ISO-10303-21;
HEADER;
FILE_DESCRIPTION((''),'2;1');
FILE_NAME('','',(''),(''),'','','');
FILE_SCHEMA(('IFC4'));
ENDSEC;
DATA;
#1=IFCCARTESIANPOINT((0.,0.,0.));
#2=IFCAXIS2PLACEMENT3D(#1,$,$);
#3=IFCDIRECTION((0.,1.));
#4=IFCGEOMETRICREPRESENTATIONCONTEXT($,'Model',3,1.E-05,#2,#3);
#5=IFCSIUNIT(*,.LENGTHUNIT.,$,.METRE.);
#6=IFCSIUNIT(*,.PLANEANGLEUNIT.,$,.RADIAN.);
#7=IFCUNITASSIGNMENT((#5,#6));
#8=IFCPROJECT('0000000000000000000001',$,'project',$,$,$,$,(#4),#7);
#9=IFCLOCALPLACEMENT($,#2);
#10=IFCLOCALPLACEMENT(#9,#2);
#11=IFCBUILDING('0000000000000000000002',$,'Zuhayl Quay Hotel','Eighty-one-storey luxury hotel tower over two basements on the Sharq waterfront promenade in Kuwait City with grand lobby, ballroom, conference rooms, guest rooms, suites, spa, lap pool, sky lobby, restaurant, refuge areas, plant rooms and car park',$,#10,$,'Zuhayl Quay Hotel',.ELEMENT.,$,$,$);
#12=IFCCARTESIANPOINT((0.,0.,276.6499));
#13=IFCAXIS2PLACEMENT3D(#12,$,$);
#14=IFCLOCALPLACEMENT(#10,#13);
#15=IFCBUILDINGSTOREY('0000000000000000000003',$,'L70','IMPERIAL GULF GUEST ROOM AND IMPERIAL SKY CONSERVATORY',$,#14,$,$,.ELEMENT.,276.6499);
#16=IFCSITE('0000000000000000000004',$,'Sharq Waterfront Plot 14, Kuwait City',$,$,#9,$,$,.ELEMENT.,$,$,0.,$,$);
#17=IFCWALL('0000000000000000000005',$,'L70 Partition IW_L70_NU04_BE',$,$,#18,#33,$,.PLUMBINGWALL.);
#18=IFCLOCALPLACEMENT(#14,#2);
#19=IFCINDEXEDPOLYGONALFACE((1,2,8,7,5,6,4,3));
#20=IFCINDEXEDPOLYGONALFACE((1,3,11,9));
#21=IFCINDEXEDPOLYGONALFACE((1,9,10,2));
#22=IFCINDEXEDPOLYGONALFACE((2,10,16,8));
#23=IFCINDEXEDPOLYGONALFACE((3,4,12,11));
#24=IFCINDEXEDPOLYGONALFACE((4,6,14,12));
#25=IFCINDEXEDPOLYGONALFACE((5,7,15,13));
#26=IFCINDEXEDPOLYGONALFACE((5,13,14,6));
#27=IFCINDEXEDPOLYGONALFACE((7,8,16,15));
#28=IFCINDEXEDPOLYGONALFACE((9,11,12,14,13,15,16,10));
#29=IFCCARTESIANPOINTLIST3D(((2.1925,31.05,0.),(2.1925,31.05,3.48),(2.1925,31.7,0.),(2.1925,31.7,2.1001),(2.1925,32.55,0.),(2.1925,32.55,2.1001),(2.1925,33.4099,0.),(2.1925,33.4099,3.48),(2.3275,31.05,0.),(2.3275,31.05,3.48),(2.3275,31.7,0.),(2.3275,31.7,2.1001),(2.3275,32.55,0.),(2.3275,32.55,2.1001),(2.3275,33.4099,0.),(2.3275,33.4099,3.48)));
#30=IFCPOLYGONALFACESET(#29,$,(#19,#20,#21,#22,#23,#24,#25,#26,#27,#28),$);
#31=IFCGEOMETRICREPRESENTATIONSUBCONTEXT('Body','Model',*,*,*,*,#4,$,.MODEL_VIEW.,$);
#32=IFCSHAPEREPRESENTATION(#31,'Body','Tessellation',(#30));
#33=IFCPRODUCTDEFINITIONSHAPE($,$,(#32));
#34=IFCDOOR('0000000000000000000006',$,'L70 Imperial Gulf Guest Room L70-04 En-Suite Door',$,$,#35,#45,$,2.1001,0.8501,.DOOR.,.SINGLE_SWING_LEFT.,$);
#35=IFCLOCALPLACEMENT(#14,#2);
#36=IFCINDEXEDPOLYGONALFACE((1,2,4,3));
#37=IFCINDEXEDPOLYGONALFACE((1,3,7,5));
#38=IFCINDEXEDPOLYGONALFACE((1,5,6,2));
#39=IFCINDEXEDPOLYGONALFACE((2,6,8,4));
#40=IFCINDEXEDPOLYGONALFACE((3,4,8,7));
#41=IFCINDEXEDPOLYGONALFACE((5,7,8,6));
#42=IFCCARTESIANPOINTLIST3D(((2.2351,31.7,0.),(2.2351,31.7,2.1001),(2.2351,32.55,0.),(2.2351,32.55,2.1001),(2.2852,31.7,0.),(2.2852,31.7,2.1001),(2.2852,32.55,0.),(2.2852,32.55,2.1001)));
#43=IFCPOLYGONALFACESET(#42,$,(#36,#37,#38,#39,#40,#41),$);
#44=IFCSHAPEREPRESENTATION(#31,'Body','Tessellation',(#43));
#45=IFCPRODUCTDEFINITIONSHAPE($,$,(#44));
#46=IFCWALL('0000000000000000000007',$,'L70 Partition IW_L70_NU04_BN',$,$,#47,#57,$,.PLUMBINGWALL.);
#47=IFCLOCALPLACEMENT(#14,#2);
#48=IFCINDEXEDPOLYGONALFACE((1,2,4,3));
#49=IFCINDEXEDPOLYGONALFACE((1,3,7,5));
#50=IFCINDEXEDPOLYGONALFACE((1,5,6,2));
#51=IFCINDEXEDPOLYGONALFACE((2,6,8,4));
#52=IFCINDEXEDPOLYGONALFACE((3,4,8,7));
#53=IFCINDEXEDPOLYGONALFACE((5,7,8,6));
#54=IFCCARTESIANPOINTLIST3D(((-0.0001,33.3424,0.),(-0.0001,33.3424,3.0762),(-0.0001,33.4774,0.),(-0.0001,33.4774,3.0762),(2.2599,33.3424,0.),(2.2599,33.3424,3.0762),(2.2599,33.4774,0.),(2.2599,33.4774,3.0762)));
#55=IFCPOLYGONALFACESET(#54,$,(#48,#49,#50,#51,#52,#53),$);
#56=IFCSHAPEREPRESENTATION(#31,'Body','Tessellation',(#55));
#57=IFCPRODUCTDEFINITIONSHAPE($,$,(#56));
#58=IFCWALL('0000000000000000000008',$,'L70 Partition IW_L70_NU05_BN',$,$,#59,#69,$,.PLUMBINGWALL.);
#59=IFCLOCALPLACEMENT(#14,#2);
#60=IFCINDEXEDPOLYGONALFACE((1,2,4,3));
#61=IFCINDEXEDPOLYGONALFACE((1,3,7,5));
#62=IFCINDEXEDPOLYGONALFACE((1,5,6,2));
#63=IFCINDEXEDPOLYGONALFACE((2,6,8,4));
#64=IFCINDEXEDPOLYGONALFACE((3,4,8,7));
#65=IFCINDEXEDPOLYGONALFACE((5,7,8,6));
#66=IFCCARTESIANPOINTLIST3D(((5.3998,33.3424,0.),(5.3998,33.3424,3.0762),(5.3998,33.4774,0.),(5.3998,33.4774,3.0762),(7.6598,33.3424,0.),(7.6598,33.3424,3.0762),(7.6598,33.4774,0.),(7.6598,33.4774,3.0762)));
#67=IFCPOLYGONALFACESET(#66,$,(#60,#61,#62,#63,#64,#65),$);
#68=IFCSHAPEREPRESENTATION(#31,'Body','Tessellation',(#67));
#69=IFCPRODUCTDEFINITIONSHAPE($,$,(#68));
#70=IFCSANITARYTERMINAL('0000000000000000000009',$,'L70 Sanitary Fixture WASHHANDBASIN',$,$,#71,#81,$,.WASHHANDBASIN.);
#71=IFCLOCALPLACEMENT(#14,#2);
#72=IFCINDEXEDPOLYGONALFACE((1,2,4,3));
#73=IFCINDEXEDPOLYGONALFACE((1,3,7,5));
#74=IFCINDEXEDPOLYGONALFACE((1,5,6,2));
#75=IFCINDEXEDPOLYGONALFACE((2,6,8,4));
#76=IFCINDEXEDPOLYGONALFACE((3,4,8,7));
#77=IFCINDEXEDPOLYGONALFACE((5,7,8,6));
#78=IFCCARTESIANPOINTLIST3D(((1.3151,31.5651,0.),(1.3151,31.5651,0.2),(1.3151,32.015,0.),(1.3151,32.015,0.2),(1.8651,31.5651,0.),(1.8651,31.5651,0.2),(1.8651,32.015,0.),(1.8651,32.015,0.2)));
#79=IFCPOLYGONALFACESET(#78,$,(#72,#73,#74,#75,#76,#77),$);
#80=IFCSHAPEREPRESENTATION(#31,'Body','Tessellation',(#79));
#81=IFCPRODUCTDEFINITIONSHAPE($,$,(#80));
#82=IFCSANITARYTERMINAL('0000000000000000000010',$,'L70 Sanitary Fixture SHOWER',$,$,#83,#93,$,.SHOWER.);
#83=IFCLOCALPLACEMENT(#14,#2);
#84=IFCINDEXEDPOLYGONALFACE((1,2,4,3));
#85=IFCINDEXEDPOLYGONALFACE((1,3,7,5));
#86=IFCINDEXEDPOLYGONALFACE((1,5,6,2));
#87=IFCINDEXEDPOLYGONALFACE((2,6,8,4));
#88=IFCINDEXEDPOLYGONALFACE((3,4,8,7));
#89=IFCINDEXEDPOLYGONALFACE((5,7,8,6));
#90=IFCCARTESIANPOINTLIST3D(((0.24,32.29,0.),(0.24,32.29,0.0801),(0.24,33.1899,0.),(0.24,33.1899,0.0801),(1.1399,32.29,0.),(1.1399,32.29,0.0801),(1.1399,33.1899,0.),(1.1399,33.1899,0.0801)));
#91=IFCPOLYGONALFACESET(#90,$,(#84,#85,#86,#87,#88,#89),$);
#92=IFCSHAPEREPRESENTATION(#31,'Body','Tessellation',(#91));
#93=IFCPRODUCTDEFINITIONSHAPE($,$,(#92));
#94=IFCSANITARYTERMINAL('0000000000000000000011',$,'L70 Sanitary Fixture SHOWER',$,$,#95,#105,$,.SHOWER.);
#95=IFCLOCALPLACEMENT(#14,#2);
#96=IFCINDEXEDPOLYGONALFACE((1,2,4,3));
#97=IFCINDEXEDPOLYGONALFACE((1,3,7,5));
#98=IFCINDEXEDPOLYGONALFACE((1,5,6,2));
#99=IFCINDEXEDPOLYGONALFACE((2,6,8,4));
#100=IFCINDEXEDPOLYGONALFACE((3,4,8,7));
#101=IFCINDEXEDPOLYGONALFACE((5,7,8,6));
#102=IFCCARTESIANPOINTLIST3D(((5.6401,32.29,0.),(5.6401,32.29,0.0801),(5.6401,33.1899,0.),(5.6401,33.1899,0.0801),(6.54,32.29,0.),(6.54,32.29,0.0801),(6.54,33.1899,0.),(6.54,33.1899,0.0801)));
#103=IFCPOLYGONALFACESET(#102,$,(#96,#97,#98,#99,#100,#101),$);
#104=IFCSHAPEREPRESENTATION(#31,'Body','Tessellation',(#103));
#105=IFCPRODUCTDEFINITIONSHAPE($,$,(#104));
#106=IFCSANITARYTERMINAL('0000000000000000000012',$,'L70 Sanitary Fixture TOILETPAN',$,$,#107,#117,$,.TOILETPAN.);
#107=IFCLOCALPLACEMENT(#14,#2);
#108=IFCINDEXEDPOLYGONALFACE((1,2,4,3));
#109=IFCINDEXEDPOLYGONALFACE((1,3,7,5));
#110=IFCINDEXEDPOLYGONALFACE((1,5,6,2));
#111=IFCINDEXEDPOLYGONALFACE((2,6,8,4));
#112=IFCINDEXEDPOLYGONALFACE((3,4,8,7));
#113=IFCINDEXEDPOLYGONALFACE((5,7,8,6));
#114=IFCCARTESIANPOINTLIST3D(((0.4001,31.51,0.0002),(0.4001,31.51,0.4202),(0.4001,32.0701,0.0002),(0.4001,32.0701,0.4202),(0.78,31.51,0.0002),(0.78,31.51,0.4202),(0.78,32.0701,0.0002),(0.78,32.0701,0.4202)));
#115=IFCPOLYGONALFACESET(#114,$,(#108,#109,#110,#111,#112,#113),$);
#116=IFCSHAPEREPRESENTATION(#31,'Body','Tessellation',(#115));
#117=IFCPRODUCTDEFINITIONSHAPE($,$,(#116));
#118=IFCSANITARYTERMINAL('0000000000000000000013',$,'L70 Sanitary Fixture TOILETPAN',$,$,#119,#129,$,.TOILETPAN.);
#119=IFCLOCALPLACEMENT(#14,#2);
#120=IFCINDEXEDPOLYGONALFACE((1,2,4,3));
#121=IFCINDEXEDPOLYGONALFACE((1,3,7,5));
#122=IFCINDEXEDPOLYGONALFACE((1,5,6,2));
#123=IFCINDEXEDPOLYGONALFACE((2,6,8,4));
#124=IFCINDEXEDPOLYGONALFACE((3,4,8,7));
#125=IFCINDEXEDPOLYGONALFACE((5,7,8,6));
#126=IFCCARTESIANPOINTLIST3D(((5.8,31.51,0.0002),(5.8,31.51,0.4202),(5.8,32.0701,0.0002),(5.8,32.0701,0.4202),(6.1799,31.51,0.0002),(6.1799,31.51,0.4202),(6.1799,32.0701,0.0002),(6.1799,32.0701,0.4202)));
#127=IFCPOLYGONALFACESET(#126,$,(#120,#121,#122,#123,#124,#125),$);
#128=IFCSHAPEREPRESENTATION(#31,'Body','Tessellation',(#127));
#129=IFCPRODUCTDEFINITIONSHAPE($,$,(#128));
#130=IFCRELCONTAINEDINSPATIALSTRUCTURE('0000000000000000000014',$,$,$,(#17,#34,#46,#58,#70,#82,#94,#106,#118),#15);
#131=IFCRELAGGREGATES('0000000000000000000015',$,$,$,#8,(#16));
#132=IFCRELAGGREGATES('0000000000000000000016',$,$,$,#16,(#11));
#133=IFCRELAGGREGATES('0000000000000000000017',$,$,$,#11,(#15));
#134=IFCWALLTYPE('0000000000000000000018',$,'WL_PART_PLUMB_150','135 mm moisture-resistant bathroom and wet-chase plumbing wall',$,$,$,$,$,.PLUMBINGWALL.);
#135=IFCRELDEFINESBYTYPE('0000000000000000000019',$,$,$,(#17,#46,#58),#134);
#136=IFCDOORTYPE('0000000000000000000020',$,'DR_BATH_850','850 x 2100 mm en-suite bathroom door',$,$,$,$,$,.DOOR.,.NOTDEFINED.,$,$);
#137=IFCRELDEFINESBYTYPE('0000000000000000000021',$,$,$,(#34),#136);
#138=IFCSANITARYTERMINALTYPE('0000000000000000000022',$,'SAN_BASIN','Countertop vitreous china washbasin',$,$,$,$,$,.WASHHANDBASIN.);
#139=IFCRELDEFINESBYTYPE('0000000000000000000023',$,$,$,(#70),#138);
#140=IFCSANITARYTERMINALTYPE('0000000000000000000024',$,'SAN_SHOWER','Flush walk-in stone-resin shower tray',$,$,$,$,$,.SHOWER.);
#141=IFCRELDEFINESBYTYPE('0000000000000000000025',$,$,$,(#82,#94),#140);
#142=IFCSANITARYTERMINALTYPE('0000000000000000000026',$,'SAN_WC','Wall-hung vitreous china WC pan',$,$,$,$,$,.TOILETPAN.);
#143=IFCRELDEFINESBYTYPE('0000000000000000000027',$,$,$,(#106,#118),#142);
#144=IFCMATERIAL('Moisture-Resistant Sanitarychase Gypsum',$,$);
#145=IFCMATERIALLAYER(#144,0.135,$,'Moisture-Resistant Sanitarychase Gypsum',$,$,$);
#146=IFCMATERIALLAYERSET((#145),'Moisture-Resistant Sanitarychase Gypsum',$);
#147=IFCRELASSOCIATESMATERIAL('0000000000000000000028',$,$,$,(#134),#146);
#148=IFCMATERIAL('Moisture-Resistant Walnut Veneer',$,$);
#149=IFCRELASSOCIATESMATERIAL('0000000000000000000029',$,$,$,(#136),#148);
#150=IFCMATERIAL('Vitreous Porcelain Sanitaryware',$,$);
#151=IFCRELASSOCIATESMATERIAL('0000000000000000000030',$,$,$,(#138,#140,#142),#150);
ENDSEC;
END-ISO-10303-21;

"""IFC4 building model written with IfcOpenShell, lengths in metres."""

from ifc_helpers import new_model, si_unit, direction, frame, frame_2d, origin, origin_2d, place, context, subcontext, project, spatial, rectangle, extrude, material, layer, layer_set, type_object, element, fill, save


model = new_model("IFC4")

# Units and contexts
model_context = context("Model", 3, precision=1e-05, world=origin(), true_north=direction((0.0, 1.0)))
body_context = subcontext(model_context, "Body", "Model", "MODEL_VIEW")
ifc_project = project(units=[si_unit("LENGTHUNIT", "METRE"), si_unit("PLANEANGLEUNIT", "RADIAN")], contexts=[model_context])

# Site, building, storey
site_placement = place(None, origin())
site = spatial("IfcSite", under=ifc_project, at=site_placement, Name="Sharq Waterfront Plot 14, Kuwait City", CompositionType="ELEMENT", RefElevation=0.0)
building_placement = place(site_placement, origin())
building = spatial("IfcBuilding", under=site, at=building_placement, Name="Zuhayl Quay Hotel", Description="Eighty-one-storey luxury hotel tower over two basements on the Sharq waterfront promenade in Kuwait City with grand lobby, ballroom, conference rooms, guest rooms, suites, spa, lap pool, sky lobby, restaurant, refuge areas, plant rooms and car park", LongName="Zuhayl Quay Hotel", CompositionType="ELEMENT")
storey_placement = place(building_placement, frame((0.0, 0.0, 276.6499)))
storey = spatial("IfcBuildingStorey", under=building, at=storey_placement, Name="L70", Description="IMPERIAL GULF GUEST ROOM AND IMPERIAL SKY CONSERVATORY", CompositionType="ELEMENT", Elevation=276.6499)

# Wall, opening, door
ifc_material_1 = material(Name="Moisture-Resistant Sanitarychase Gypsum")
ifc_layer_1 = layer(ifc_material_1, 0.135, Name="Moisture-Resistant Sanitarychase Gypsum")
ifc_layer_set_1 = layer_set([ifc_layer_1], Name="Moisture-Resistant Sanitarychase Gypsum")
wall_type_1 = type_object("IfcWallType", Name="WL_PART_PLUMB_150", Description="135 mm moisture-resistant bathroom and wet-chase plumbing wall", PredefinedType="PLUMBINGWALL", material=ifc_layer_set_1)
wall_1_placement = place(storey_placement, frame((2.26, 31.05, 0.0), z_axis=(0.0, 0.0, 1.0), x_axis=(0.0, 1.0, 0.0)))
wall_1 = element("IfcWall", 1, at=wall_1_placement, inside=storey, type_object=wall_type_1, Name="L70 Partition IW_L70_NU04_BE", PredefinedType="PLUMBINGWALL", context=body_context, shape_type="SweptSolid", body=[
    extrude(rectangle(XDim=2.3599, YDim=0.135, at=frame_2d((1.1799, 0.0))), origin(), (0.0, 0.0, 1.0), 3.48),
])
opening_1_placement = place(wall_1_placement, frame((0.6499, 0.0, 0.0)))
opening_1 = element("IfcOpeningElement", 2, at=opening_1_placement, cuts=wall_1, PredefinedType="OPENING", context=body_context, shape_type="SweptSolid", body=[
    extrude(rectangle(XDim=0.8501, YDim=2.1001, at=frame_2d((0.425, 1.05))), frame((0.0, 0.0774, 0.0), z_axis=(0.0, -1.0, 0.0), x_axis=(1.0, 0.0, 0.0)), (0.0, 0.0, 1.0), 0.155),
])
ifc_material_2 = material(Name="Moisture-Resistant Walnut Veneer")
door_type_1 = type_object("IfcDoorType", Name="DR_BATH_850", Description="850 x 2100 mm en-suite bathroom door", OperationType="NOTDEFINED", PredefinedType="DOOR", material=ifc_material_2)
door_1_placement = place(opening_1_placement, origin())
door_1 = element("IfcDoor", 3, at=door_1_placement, inside=storey, type_object=door_type_1, Name="L70 Imperial Gulf Guest Room L70-04 En-Suite Door", OperationType="SINGLE_SWING_LEFT", OverallHeight=2.1001, OverallWidth=0.8501, PredefinedType="DOOR", context=body_context, shape_type="SweptSolid", body=[
    extrude(rectangle(XDim=0.8501, YDim=2.1001, at=frame_2d((0.425, 1.05))), frame((0.0, 0.0249, 0.0), z_axis=(0.0, -1.0, 0.0), x_axis=(1.0, 0.0, 0.0)), (0.0, 0.0, 1.0), 0.05),
])
fill(opening_1, door_1)

# Walls
for number, where, z_axis, x_axis, name in (
    (4, (0.0, 33.4099, 0.0), (0.0, 0.0, 1.0), (1.0, 0.0, 0.0), "L70 Partition IW_L70_NU04_BN"),
    (5, (5.3999, 33.4099, 0.0), (0.0, 0.0, 1.0), (1.0, 0.0, 0.0), "L70 Partition IW_L70_NU05_BN"),
):
    element("IfcWall", number, at=place(storey_placement, frame(where, z_axis=z_axis, x_axis=x_axis)), inside=storey, type_object=wall_type_1, Name=name, PredefinedType="PLUMBINGWALL", context=body_context, shape_type="SweptSolid", body=[
        extrude(rectangle(XDim=2.26, YDim=0.135, at=frame_2d((1.1299, 0.0))), origin(), (0.0, 0.0, 1.0), 3.0762),
    ])

# Sanitary terminals
ifc_material_3 = material(Name="Vitreous Porcelain Sanitaryware")
sanitary_terminal_type_1 = type_object("IfcSanitaryTerminalType", Name="SAN_BASIN", Description="Countertop vitreous china washbasin", PredefinedType="WASHHANDBASIN", material=ifc_material_3)
sanitary_terminal_placement = place(storey_placement, frame((1.5901, 31.79, 0.0), z_axis=(0.0, 0.0, 1.0), x_axis=(1.0, 0.0, 0.0)))
element("IfcSanitaryTerminal", 6, at=sanitary_terminal_placement, inside=storey, type_object=sanitary_terminal_type_1, Name="L70 Sanitary Fixture WASHHANDBASIN", PredefinedType="WASHHANDBASIN", context=body_context, shape_type="SweptSolid", body=[
    extrude(rectangle(XDim=0.55, YDim=0.45, at=origin_2d()), origin(), (0.0, 0.0, 1.0), 0.2),
])
sanitary_terminal_type_2 = type_object("IfcSanitaryTerminalType", Name="SAN_SHOWER", Description="Flush walk-in stone-resin shower tray", PredefinedType="SHOWER", material=ifc_material_3)
for number, where, z_axis, x_axis, name in (
    (7, (0.6899, 32.74, 0.0), (0.0, 0.0, 1.0), (1.0, 0.0, 0.0), "L70 Sanitary Fixture SHOWER"),
    (8, (6.0901, 32.74, 0.0), (0.0, 0.0, 1.0), (1.0, 0.0, 0.0), "L70 Sanitary Fixture SHOWER"),
):
    element("IfcSanitaryTerminal", number, at=place(storey_placement, frame(where, z_axis=z_axis, x_axis=x_axis)), inside=storey, type_object=sanitary_terminal_type_2, Name=name, PredefinedType="SHOWER", context=body_context, shape_type="SweptSolid", body=[
        extrude(rectangle(XDim=0.8999, YDim=0.8999, at=origin_2d()), origin(), (0.0, 0.0, 1.0), 0.0801),
    ])
sanitary_terminal_type_3 = type_object("IfcSanitaryTerminalType", Name="SAN_WC", Description="Wall-hung vitreous china WC pan", PredefinedType="TOILETPAN", material=ifc_material_3)
for number, where, z_axis, x_axis, name in (
    (9, (0.5901, 31.79, 0.0002), (0.0, 0.0, 1.0), (1.0, 0.0, 0.0), "L70 Sanitary Fixture TOILETPAN"),
    (10, (5.99, 31.79, 0.0002), (0.0, 0.0, 1.0), (1.0, 0.0, 0.0), "L70 Sanitary Fixture TOILETPAN"),
):
    element("IfcSanitaryTerminal", number, at=place(storey_placement, frame(where, z_axis=z_axis, x_axis=x_axis)), inside=storey, type_object=sanitary_terminal_type_3, Name=name, PredefinedType="TOILETPAN", context=body_context, shape_type="SweptSolid", body=[
        extrude(rectangle(XDim=0.3799, YDim=0.5601, at=origin_2d()), origin(), (0.0, 0.0, 1.0), 0.4199),
    ])

save(model, "model.ifc")
